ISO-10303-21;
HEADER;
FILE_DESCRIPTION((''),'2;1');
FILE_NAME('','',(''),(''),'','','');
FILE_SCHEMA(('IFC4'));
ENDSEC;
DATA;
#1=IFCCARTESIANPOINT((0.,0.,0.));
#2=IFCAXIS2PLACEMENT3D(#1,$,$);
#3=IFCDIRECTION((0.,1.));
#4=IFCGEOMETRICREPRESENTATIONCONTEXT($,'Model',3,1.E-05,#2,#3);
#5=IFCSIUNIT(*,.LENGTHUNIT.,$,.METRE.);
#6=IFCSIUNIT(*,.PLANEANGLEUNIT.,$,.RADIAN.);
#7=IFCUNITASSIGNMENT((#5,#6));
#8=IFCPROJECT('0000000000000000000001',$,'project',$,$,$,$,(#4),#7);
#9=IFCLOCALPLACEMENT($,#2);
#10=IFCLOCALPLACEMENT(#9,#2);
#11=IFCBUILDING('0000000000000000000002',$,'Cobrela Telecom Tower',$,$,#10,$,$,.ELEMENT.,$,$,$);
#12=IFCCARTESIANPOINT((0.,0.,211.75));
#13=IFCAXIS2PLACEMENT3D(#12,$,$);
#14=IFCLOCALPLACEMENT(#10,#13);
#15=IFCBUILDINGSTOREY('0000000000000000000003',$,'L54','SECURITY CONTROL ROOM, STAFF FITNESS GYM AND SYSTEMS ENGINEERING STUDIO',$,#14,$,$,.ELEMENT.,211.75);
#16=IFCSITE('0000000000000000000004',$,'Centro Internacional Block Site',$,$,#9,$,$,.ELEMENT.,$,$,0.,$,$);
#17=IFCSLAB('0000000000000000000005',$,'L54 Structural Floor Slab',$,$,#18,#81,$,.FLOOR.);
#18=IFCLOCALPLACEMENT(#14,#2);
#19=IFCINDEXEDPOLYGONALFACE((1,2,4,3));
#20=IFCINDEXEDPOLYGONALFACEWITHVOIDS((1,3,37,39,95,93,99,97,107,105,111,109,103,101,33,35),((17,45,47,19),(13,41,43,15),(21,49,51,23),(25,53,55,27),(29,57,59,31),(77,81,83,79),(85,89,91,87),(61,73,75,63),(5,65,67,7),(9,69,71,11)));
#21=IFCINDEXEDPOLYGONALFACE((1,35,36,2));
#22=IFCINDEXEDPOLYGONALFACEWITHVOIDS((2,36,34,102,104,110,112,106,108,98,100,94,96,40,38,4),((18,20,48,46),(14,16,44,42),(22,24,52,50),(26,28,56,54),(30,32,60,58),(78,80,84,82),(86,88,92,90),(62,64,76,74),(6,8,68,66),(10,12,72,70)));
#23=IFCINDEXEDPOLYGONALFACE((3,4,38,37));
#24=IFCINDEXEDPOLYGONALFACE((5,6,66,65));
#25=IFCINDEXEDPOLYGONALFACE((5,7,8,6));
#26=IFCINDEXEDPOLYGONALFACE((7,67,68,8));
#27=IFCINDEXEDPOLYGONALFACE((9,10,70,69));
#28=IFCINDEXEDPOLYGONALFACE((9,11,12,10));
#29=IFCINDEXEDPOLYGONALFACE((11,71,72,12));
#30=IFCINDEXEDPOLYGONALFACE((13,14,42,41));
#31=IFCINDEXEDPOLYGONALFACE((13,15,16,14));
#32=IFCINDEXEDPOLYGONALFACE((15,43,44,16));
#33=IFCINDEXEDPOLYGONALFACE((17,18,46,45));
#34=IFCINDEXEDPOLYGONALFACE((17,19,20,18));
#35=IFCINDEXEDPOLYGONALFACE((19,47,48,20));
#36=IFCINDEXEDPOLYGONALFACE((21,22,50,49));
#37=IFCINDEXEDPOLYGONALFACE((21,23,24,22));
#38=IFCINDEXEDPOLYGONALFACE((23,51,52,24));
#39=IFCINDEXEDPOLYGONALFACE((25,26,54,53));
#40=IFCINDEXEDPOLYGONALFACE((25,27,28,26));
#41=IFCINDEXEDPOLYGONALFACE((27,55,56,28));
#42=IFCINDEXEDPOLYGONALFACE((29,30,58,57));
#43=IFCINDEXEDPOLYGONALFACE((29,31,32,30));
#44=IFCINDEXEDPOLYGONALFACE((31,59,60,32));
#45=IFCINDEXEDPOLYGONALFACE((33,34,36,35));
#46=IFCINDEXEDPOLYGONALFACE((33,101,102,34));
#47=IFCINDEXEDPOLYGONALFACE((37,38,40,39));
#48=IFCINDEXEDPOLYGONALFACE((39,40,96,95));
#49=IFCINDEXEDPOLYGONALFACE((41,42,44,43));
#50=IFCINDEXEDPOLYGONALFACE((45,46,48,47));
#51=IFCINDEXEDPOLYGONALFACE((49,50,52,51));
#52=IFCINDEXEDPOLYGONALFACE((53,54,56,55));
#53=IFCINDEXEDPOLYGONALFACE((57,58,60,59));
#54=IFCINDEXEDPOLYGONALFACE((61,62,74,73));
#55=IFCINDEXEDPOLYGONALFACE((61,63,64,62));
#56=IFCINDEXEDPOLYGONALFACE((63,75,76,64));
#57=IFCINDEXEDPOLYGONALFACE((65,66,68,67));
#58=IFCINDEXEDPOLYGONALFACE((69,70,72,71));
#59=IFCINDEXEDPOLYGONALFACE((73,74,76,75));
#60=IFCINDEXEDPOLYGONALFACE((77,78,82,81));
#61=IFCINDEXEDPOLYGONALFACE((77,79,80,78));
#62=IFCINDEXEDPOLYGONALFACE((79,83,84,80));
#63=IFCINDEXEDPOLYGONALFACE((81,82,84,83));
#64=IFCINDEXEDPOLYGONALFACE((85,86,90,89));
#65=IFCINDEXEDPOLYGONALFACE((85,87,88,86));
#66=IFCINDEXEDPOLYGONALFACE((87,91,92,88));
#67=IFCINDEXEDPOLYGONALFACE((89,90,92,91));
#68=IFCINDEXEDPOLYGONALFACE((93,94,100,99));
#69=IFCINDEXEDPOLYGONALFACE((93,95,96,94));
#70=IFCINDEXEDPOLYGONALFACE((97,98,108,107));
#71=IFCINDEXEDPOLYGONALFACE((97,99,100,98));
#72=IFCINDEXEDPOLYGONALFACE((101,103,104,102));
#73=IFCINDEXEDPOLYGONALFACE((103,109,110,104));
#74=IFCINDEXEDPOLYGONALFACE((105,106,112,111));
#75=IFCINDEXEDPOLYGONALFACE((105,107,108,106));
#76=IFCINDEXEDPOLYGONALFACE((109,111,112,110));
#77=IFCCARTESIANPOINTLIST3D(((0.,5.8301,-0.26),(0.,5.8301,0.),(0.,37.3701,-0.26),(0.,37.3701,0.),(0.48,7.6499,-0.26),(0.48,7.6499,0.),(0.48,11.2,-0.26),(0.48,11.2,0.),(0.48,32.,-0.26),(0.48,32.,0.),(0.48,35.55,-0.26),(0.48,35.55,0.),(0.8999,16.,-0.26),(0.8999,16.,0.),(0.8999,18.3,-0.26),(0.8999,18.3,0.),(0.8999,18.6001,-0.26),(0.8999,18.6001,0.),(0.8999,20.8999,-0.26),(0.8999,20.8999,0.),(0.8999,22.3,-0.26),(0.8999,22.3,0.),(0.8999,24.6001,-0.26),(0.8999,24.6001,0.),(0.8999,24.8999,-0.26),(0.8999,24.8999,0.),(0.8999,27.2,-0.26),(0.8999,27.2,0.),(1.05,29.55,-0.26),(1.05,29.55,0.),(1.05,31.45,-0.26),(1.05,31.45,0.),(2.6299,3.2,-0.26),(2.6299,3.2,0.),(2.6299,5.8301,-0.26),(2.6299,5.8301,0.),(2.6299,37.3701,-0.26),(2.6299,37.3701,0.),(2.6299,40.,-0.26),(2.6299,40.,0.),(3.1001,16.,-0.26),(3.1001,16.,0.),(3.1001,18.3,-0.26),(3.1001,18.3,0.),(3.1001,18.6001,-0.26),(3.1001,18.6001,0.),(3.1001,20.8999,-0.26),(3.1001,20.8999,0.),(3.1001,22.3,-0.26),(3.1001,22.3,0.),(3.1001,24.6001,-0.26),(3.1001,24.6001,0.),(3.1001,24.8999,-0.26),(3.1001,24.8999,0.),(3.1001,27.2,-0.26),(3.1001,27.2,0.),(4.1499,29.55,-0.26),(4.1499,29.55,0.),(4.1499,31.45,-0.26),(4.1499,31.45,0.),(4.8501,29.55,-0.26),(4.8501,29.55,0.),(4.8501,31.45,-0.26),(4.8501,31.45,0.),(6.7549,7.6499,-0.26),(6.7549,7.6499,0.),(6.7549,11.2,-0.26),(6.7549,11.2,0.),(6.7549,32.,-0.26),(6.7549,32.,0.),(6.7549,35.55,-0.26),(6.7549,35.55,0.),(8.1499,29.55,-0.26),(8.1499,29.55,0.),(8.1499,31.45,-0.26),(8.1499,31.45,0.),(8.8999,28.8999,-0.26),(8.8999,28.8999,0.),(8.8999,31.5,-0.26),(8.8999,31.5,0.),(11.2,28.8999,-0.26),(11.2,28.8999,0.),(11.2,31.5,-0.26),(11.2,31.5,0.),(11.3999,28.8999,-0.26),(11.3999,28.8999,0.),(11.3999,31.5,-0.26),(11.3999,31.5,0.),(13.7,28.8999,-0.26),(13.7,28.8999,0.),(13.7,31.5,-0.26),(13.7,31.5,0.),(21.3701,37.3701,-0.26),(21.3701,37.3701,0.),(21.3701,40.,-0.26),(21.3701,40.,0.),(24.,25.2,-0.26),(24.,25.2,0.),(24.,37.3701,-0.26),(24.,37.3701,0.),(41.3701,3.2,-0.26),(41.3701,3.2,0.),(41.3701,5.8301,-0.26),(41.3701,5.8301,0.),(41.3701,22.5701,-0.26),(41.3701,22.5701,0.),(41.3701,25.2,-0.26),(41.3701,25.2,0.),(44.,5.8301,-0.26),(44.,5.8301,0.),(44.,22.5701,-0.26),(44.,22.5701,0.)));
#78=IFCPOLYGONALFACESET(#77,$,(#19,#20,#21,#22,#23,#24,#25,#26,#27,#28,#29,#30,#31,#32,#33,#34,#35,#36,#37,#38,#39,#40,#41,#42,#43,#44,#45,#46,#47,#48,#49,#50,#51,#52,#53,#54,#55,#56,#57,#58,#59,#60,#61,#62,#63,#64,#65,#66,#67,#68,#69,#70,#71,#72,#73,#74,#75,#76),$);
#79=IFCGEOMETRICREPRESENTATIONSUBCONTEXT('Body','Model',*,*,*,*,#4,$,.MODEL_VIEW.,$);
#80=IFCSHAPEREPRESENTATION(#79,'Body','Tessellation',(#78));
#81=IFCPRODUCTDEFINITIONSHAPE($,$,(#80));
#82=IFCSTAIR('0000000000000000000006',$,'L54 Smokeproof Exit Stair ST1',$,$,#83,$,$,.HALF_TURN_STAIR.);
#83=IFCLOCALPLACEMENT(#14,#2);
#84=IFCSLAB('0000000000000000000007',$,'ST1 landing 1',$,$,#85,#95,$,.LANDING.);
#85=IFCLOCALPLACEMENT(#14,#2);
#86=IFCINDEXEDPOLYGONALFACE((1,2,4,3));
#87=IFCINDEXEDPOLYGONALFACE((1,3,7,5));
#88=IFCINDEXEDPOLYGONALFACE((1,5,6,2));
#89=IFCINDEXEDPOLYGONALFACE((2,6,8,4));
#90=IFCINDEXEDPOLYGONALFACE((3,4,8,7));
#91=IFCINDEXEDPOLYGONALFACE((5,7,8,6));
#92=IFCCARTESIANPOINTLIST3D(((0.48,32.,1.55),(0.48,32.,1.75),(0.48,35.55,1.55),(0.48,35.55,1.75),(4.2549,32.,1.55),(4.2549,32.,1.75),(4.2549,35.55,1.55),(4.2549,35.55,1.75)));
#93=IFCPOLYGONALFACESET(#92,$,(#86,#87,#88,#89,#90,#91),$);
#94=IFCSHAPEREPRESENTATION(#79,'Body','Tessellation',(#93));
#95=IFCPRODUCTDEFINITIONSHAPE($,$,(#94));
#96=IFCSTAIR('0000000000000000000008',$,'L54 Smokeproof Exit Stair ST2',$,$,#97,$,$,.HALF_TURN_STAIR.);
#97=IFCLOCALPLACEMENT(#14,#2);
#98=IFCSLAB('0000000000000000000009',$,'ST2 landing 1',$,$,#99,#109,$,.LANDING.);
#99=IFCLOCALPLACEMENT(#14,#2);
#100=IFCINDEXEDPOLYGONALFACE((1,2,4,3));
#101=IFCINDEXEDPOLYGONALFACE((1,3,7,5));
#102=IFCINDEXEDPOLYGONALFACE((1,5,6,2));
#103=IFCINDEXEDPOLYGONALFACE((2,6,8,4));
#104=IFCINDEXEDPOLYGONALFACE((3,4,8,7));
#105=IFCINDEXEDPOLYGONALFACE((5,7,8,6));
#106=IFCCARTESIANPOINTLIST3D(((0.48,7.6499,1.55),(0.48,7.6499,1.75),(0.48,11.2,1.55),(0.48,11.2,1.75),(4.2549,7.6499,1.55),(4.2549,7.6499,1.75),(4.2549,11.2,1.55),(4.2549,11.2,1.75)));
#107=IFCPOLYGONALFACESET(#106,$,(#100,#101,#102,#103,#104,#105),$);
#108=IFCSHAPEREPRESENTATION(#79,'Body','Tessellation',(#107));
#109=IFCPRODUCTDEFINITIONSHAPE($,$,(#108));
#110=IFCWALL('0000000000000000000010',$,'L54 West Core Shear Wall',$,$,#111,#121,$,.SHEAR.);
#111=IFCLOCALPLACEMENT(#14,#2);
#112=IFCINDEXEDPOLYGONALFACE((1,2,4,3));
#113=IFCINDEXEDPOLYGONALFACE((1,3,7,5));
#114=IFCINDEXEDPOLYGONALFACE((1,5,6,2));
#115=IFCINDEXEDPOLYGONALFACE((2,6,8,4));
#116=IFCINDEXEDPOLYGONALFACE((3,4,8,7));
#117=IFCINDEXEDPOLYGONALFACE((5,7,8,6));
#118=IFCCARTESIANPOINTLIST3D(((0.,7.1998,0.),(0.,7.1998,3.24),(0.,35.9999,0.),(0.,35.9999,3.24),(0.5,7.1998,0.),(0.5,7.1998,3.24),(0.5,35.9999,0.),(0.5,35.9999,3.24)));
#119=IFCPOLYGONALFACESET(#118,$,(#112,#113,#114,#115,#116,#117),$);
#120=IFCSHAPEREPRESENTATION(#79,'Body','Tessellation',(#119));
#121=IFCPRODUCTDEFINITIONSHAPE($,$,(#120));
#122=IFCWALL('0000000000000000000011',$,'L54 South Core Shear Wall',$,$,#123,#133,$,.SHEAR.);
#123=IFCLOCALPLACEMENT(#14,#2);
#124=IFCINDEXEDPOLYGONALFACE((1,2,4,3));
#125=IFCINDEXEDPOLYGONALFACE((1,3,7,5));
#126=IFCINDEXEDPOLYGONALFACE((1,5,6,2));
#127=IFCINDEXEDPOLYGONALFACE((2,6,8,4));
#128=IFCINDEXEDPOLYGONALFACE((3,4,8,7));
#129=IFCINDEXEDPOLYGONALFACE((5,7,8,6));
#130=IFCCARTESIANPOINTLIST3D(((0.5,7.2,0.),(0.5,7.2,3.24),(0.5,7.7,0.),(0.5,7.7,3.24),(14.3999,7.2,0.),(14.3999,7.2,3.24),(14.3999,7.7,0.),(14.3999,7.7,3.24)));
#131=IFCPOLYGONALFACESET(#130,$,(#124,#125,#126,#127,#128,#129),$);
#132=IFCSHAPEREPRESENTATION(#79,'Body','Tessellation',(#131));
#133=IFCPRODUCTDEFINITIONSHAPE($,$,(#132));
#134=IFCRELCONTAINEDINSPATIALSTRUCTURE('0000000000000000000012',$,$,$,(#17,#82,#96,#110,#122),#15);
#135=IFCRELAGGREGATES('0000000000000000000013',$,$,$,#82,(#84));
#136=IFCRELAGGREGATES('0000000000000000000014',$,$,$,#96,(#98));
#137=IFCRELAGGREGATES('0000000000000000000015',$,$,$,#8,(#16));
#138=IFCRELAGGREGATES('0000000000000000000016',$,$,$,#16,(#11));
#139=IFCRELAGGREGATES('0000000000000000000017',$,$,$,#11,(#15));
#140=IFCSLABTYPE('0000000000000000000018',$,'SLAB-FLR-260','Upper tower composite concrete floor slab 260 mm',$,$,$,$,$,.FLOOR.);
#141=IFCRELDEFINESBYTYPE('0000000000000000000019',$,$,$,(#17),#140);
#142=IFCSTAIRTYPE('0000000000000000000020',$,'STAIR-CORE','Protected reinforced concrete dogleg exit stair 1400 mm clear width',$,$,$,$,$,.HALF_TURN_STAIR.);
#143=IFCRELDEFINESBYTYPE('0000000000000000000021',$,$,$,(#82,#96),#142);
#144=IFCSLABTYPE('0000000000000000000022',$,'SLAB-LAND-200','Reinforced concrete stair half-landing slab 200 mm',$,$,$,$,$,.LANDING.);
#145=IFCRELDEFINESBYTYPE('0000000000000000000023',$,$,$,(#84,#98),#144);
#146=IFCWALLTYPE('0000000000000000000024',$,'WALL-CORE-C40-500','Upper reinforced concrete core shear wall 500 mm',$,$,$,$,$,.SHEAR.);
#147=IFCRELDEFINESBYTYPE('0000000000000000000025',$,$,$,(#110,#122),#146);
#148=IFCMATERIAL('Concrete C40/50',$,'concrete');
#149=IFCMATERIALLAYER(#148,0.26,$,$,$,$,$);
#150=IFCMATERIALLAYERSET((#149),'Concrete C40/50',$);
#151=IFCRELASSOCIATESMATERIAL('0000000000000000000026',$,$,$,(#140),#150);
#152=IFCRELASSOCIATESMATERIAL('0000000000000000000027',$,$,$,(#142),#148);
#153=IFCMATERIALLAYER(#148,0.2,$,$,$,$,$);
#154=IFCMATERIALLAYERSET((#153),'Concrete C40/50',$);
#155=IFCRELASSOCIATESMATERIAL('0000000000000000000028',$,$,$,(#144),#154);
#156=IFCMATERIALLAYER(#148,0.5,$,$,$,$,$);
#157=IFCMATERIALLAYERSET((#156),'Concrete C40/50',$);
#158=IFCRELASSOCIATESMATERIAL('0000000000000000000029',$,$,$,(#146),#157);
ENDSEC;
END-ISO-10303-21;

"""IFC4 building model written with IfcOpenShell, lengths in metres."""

from ifc_helpers import new_model, si_unit, direction, frame, frame_2d, origin, place, context, subcontext, project, spatial, polyline, rectangle, outline, extrude, material, layer, layer_set, type_object, element, aggregate, save


model = new_model("IFC4")

# Units and contexts
model_context = context("Model", 3, precision=1e-05, world=origin(), true_north=direction((0.0, 1.0)))
body_context = subcontext(model_context, "Body", "Model", "MODEL_VIEW")
ifc_project = project(units=[si_unit("LENGTHUNIT", "METRE"), si_unit("PLANEANGLEUNIT", "RADIAN")], contexts=[model_context])

# Site, building, storey
site_placement = place(None, origin())
site = spatial("IfcSite", under=ifc_project, at=site_placement, Name="Centro Internacional Block Site", CompositionType="ELEMENT", RefElevation=0.0)
building_placement = place(site_placement, origin())
building = spatial("IfcBuilding", under=site, at=building_placement, Name="Cobrela Telecom Tower", CompositionType="ELEMENT")
storey_placement = place(building_placement, frame((0.0, 0.0, 211.75)))
storey = spatial("IfcBuildingStorey", under=building, at=storey_placement, Name="L54", Description="SECURITY CONTROL ROOM, STAFF FITNESS GYM AND SYSTEMS ENGINEERING STUDIO", CompositionType="ELEMENT", Elevation=211.75)

# Slab, openings
ifc_material_1 = material(Name="Concrete C40/50", Category="concrete")
ifc_layer_1 = layer(ifc_material_1, 0.26)
ifc_layer_set_1 = layer_set([ifc_layer_1], Name="Concrete C40/50")
slab_type_1 = type_object("IfcSlabType", Name="SLAB-FLR-260", Description="Upper tower composite concrete floor slab 260 mm", PredefinedType="FLOOR", material=ifc_layer_set_1)
slab_1_placement = place(storey_placement, frame((0.0, 0.0, -0.26)))
slab_1 = element("IfcSlab", 1, at=slab_1_placement, inside=storey, type_object=slab_type_1, Name="L54 Structural Floor Slab", PredefinedType="FLOOR", context=body_context, shape_type="SweptSolid", body=[
    extrude(outline(polyline([(2.6299, 3.2), (41.3701, 3.2), (41.3701, 5.8301), (44.0, 5.8301), (44.0, 22.5701), (41.3701, 22.5701), (41.3701, 25.2), (24.0, 25.2), (24.0, 37.3701), (21.3701, 37.3701), (21.3701, 40.0), (2.6299, 40.0), (2.6299, 37.3701), (0.0, 37.3701), (0.0, 5.8301), (2.6299, 5.8301), (2.6299, 3.2)])), origin(), (0.0, 0.0, 1.0), 0.26),
])
opening_1_placement = place(slab_1_placement, frame((0.0, 0.0, -0.02)))
element("IfcOpeningElement", 2, at=opening_1_placement, cuts=slab_1, PredefinedType="OPENING", context=body_context, shape_type="SweptSolid", body=[
    extrude(outline(polyline([(8.8999, 28.8999), (11.2, 28.8999), (11.2, 31.5), (8.8999, 31.5), (8.8999, 28.8999)])), origin(), (0.0, 0.0, 1.0), 0.3),
])
opening_2_placement = place(slab_1_placement, frame((0.0, 0.0, -0.02)))
element("IfcOpeningElement", 3, at=opening_2_placement, cuts=slab_1, PredefinedType="OPENING", context=body_context, shape_type="SweptSolid", body=[
    extrude(outline(polyline([(11.3999, 28.8999), (13.7, 28.8999), (13.7, 31.5), (11.3999, 31.5), (11.3999, 28.8999)])), origin(), (0.0, 0.0, 1.0), 0.3),
])
opening_3_placement = place(slab_1_placement, frame((0.0, 0.0, -0.02)))
element("IfcOpeningElement", 4, at=opening_3_placement, cuts=slab_1, PredefinedType="OPENING", context=body_context, shape_type="SweptSolid", body=[
    extrude(outline(polyline([(0.8999, 16.0), (3.1001, 16.0), (3.1001, 18.3), (0.8999, 18.3), (0.8999, 16.0)])), origin(), (0.0, 0.0, 1.0), 0.3),
])
opening_4_placement = place(slab_1_placement, frame((0.0, 0.0, -0.02)))
element("IfcOpeningElement", 5, at=opening_4_placement, cuts=slab_1, PredefinedType="OPENING", context=body_context, shape_type="SweptSolid", body=[
    extrude(outline(polyline([(0.8999, 18.6001), (3.1001, 18.6001), (3.1001, 20.8999), (0.8999, 20.8999), (0.8999, 18.6001)])), origin(), (0.0, 0.0, 1.0), 0.3),
])
opening_5_placement = place(slab_1_placement, frame((0.0, 0.0, -0.02)))
element("IfcOpeningElement", 6, at=opening_5_placement, cuts=slab_1, PredefinedType="OPENING", context=body_context, shape_type="SweptSolid", body=[
    extrude(outline(polyline([(0.8999, 22.3), (3.1001, 22.3), (3.1001, 24.6001), (0.8999, 24.6001), (0.8999, 22.3)])), origin(), (0.0, 0.0, 1.0), 0.3),
])
opening_6_placement = place(slab_1_placement, frame((0.0, 0.0, -0.02)))
element("IfcOpeningElement", 7, at=opening_6_placement, cuts=slab_1, PredefinedType="OPENING", context=body_context, shape_type="SweptSolid", body=[
    extrude(outline(polyline([(0.8999, 24.8999), (3.1001, 24.8999), (3.1001, 27.2), (0.8999, 27.2), (0.8999, 24.8999)])), origin(), (0.0, 0.0, 1.0), 0.3),
])
opening_7_placement = place(slab_1_placement, frame((0.0, 0.0, -0.02)))
element("IfcOpeningElement", 8, at=opening_7_placement, cuts=slab_1, PredefinedType="OPENING", context=body_context, shape_type="SweptSolid", body=[
    extrude(outline(polyline([(1.05, 29.55), (4.1499, 29.55), (4.1499, 31.45), (1.05, 31.45), (1.05, 29.55)])), origin(), (0.0, 0.0, 1.0), 0.3),
])
opening_8_placement = place(slab_1_placement, frame((0.0, 0.0, -0.02)))
element("IfcOpeningElement", 9, at=opening_8_placement, cuts=slab_1, PredefinedType="OPENING", context=body_context, shape_type="SweptSolid", body=[
    extrude(outline(polyline([(4.8501, 29.55), (8.1499, 29.55), (8.1499, 31.45), (4.8501, 31.45), (4.8501, 29.55)])), origin(), (0.0, 0.0, 1.0), 0.3),
])
opening_9_placement = place(slab_1_placement, frame((0.0, 0.0, -0.02)))
element("IfcOpeningElement", 10, at=opening_9_placement, cuts=slab_1, PredefinedType="OPENING", context=body_context, shape_type="SweptSolid", body=[
    extrude(outline(polyline([(6.7549, 35.55), (0.48, 35.55), (0.48, 32.0), (6.7549, 32.0), (6.7549, 35.55)])), origin(), (0.0, 0.0, 1.0), 0.3),
])
opening_10_placement = place(slab_1_placement, frame((0.0, 0.0, -0.02)))
element("IfcOpeningElement", 11, at=opening_10_placement, cuts=slab_1, PredefinedType="OPENING", context=body_context, shape_type="SweptSolid", body=[
    extrude(outline(polyline([(6.7549, 11.2), (0.48, 11.2), (0.48, 7.6499), (6.7549, 7.6499), (6.7549, 11.2)])), origin(), (0.0, 0.0, 1.0), 0.3),
])

# Stairs, slabs
stair_type = type_object("IfcStairType", Name="STAIR-CORE", Description="Protected reinforced concrete dogleg exit stair 1400 mm clear width", PredefinedType="HALF_TURN_STAIR", material=ifc_material_1)
stair_1_placement = place(storey_placement, origin())
stair_1 = element("IfcStair", 12, at=stair_1_placement, inside=storey, type_object=stair_type, Name="L54 Smokeproof Exit Stair ST1", PredefinedType="HALF_TURN_STAIR")
ifc_layer_2 = layer(ifc_material_1, 0.2)
ifc_layer_set_2 = layer_set([ifc_layer_2], Name="Concrete C40/50")
slab_type_2 = type_object("IfcSlabType", Name="SLAB-LAND-200", Description="Reinforced concrete stair half-landing slab 200 mm", PredefinedType="LANDING", material=ifc_layer_set_2)
slab_2_placement = place(storey_placement, frame((0.0, 0.0, 1.55)))
slab_2 = element("IfcSlab", 13, at=slab_2_placement, type_object=slab_type_2, Name="ST1 landing 1", PredefinedType="LANDING", context=body_context, shape_type="SweptSolid", body=[
    extrude(outline(polyline([(4.2549, 35.55), (0.48, 35.55), (0.48, 32.0), (4.2549, 32.0), (4.2549, 35.55)])), origin(), (0.0, 0.0, 1.0), 0.2),
])
aggregate(stair_1, [slab_2])
stair_2_placement = place(storey_placement, origin())
stair_2 = element("IfcStair", 14, at=stair_2_placement, inside=storey, type_object=stair_type, Name="L54 Smokeproof Exit Stair ST2", PredefinedType="HALF_TURN_STAIR")
slab_3_placement = place(storey_placement, frame((0.0, 0.0, 1.55)))
slab_3 = element("IfcSlab", 15, at=slab_3_placement, type_object=slab_type_2, Name="ST2 landing 1", PredefinedType="LANDING", context=body_context, shape_type="SweptSolid", body=[
    extrude(outline(polyline([(4.2549, 11.2), (0.48, 11.2), (0.48, 7.6499), (4.2549, 7.6499), (4.2549, 11.2)])), origin(), (0.0, 0.0, 1.0), 0.2),
])

# Walls
ifc_layer_3 = layer(ifc_material_1, 0.5)
ifc_layer_set_3 = layer_set([ifc_layer_3], Name="Concrete C40/50")
wall_type_1 = type_object("IfcWallType", Name="WALL-CORE-C40-500", Description="Upper reinforced concrete core shear wall 500 mm", PredefinedType="SHEAR", material=ifc_layer_set_3)
wall_1_placement = place(storey_placement, frame((0.25, 7.2, 0.0), z_axis=(0.0, 0.0, 1.0), x_axis=(0.0, 1.0, 0.0)))
element("IfcWall", 16, at=wall_1_placement, inside=storey, type_object=wall_type_1, Name="L54 West Core Shear Wall", PredefinedType="SHEAR", context=body_context, shape_type="SweptSolid", body=[
    extrude(rectangle(XDim=28.8, YDim=0.5, at=frame_2d((14.3999, 0.0))), origin(), (0.0, 0.0, 1.0), 3.24),
])
wall_2_placement = place(storey_placement, frame((0.5, 7.45, 0.0), z_axis=(0.0, 0.0, 1.0), x_axis=(1.0, 0.0, 0.0)))
element("IfcWall", 17, at=wall_2_placement, inside=storey, type_object=wall_type_1, Name="L54 South Core Shear Wall", PredefinedType="SHEAR", context=body_context, shape_type="SweptSolid", body=[
    extrude(rectangle(XDim=13.8999, YDim=0.5, at=frame_2d((6.95, 0.0))), origin(), (0.0, 0.0, 1.0), 3.24),
])

aggregate(stair_2, [slab_3])

save(model, "model.ifc")
